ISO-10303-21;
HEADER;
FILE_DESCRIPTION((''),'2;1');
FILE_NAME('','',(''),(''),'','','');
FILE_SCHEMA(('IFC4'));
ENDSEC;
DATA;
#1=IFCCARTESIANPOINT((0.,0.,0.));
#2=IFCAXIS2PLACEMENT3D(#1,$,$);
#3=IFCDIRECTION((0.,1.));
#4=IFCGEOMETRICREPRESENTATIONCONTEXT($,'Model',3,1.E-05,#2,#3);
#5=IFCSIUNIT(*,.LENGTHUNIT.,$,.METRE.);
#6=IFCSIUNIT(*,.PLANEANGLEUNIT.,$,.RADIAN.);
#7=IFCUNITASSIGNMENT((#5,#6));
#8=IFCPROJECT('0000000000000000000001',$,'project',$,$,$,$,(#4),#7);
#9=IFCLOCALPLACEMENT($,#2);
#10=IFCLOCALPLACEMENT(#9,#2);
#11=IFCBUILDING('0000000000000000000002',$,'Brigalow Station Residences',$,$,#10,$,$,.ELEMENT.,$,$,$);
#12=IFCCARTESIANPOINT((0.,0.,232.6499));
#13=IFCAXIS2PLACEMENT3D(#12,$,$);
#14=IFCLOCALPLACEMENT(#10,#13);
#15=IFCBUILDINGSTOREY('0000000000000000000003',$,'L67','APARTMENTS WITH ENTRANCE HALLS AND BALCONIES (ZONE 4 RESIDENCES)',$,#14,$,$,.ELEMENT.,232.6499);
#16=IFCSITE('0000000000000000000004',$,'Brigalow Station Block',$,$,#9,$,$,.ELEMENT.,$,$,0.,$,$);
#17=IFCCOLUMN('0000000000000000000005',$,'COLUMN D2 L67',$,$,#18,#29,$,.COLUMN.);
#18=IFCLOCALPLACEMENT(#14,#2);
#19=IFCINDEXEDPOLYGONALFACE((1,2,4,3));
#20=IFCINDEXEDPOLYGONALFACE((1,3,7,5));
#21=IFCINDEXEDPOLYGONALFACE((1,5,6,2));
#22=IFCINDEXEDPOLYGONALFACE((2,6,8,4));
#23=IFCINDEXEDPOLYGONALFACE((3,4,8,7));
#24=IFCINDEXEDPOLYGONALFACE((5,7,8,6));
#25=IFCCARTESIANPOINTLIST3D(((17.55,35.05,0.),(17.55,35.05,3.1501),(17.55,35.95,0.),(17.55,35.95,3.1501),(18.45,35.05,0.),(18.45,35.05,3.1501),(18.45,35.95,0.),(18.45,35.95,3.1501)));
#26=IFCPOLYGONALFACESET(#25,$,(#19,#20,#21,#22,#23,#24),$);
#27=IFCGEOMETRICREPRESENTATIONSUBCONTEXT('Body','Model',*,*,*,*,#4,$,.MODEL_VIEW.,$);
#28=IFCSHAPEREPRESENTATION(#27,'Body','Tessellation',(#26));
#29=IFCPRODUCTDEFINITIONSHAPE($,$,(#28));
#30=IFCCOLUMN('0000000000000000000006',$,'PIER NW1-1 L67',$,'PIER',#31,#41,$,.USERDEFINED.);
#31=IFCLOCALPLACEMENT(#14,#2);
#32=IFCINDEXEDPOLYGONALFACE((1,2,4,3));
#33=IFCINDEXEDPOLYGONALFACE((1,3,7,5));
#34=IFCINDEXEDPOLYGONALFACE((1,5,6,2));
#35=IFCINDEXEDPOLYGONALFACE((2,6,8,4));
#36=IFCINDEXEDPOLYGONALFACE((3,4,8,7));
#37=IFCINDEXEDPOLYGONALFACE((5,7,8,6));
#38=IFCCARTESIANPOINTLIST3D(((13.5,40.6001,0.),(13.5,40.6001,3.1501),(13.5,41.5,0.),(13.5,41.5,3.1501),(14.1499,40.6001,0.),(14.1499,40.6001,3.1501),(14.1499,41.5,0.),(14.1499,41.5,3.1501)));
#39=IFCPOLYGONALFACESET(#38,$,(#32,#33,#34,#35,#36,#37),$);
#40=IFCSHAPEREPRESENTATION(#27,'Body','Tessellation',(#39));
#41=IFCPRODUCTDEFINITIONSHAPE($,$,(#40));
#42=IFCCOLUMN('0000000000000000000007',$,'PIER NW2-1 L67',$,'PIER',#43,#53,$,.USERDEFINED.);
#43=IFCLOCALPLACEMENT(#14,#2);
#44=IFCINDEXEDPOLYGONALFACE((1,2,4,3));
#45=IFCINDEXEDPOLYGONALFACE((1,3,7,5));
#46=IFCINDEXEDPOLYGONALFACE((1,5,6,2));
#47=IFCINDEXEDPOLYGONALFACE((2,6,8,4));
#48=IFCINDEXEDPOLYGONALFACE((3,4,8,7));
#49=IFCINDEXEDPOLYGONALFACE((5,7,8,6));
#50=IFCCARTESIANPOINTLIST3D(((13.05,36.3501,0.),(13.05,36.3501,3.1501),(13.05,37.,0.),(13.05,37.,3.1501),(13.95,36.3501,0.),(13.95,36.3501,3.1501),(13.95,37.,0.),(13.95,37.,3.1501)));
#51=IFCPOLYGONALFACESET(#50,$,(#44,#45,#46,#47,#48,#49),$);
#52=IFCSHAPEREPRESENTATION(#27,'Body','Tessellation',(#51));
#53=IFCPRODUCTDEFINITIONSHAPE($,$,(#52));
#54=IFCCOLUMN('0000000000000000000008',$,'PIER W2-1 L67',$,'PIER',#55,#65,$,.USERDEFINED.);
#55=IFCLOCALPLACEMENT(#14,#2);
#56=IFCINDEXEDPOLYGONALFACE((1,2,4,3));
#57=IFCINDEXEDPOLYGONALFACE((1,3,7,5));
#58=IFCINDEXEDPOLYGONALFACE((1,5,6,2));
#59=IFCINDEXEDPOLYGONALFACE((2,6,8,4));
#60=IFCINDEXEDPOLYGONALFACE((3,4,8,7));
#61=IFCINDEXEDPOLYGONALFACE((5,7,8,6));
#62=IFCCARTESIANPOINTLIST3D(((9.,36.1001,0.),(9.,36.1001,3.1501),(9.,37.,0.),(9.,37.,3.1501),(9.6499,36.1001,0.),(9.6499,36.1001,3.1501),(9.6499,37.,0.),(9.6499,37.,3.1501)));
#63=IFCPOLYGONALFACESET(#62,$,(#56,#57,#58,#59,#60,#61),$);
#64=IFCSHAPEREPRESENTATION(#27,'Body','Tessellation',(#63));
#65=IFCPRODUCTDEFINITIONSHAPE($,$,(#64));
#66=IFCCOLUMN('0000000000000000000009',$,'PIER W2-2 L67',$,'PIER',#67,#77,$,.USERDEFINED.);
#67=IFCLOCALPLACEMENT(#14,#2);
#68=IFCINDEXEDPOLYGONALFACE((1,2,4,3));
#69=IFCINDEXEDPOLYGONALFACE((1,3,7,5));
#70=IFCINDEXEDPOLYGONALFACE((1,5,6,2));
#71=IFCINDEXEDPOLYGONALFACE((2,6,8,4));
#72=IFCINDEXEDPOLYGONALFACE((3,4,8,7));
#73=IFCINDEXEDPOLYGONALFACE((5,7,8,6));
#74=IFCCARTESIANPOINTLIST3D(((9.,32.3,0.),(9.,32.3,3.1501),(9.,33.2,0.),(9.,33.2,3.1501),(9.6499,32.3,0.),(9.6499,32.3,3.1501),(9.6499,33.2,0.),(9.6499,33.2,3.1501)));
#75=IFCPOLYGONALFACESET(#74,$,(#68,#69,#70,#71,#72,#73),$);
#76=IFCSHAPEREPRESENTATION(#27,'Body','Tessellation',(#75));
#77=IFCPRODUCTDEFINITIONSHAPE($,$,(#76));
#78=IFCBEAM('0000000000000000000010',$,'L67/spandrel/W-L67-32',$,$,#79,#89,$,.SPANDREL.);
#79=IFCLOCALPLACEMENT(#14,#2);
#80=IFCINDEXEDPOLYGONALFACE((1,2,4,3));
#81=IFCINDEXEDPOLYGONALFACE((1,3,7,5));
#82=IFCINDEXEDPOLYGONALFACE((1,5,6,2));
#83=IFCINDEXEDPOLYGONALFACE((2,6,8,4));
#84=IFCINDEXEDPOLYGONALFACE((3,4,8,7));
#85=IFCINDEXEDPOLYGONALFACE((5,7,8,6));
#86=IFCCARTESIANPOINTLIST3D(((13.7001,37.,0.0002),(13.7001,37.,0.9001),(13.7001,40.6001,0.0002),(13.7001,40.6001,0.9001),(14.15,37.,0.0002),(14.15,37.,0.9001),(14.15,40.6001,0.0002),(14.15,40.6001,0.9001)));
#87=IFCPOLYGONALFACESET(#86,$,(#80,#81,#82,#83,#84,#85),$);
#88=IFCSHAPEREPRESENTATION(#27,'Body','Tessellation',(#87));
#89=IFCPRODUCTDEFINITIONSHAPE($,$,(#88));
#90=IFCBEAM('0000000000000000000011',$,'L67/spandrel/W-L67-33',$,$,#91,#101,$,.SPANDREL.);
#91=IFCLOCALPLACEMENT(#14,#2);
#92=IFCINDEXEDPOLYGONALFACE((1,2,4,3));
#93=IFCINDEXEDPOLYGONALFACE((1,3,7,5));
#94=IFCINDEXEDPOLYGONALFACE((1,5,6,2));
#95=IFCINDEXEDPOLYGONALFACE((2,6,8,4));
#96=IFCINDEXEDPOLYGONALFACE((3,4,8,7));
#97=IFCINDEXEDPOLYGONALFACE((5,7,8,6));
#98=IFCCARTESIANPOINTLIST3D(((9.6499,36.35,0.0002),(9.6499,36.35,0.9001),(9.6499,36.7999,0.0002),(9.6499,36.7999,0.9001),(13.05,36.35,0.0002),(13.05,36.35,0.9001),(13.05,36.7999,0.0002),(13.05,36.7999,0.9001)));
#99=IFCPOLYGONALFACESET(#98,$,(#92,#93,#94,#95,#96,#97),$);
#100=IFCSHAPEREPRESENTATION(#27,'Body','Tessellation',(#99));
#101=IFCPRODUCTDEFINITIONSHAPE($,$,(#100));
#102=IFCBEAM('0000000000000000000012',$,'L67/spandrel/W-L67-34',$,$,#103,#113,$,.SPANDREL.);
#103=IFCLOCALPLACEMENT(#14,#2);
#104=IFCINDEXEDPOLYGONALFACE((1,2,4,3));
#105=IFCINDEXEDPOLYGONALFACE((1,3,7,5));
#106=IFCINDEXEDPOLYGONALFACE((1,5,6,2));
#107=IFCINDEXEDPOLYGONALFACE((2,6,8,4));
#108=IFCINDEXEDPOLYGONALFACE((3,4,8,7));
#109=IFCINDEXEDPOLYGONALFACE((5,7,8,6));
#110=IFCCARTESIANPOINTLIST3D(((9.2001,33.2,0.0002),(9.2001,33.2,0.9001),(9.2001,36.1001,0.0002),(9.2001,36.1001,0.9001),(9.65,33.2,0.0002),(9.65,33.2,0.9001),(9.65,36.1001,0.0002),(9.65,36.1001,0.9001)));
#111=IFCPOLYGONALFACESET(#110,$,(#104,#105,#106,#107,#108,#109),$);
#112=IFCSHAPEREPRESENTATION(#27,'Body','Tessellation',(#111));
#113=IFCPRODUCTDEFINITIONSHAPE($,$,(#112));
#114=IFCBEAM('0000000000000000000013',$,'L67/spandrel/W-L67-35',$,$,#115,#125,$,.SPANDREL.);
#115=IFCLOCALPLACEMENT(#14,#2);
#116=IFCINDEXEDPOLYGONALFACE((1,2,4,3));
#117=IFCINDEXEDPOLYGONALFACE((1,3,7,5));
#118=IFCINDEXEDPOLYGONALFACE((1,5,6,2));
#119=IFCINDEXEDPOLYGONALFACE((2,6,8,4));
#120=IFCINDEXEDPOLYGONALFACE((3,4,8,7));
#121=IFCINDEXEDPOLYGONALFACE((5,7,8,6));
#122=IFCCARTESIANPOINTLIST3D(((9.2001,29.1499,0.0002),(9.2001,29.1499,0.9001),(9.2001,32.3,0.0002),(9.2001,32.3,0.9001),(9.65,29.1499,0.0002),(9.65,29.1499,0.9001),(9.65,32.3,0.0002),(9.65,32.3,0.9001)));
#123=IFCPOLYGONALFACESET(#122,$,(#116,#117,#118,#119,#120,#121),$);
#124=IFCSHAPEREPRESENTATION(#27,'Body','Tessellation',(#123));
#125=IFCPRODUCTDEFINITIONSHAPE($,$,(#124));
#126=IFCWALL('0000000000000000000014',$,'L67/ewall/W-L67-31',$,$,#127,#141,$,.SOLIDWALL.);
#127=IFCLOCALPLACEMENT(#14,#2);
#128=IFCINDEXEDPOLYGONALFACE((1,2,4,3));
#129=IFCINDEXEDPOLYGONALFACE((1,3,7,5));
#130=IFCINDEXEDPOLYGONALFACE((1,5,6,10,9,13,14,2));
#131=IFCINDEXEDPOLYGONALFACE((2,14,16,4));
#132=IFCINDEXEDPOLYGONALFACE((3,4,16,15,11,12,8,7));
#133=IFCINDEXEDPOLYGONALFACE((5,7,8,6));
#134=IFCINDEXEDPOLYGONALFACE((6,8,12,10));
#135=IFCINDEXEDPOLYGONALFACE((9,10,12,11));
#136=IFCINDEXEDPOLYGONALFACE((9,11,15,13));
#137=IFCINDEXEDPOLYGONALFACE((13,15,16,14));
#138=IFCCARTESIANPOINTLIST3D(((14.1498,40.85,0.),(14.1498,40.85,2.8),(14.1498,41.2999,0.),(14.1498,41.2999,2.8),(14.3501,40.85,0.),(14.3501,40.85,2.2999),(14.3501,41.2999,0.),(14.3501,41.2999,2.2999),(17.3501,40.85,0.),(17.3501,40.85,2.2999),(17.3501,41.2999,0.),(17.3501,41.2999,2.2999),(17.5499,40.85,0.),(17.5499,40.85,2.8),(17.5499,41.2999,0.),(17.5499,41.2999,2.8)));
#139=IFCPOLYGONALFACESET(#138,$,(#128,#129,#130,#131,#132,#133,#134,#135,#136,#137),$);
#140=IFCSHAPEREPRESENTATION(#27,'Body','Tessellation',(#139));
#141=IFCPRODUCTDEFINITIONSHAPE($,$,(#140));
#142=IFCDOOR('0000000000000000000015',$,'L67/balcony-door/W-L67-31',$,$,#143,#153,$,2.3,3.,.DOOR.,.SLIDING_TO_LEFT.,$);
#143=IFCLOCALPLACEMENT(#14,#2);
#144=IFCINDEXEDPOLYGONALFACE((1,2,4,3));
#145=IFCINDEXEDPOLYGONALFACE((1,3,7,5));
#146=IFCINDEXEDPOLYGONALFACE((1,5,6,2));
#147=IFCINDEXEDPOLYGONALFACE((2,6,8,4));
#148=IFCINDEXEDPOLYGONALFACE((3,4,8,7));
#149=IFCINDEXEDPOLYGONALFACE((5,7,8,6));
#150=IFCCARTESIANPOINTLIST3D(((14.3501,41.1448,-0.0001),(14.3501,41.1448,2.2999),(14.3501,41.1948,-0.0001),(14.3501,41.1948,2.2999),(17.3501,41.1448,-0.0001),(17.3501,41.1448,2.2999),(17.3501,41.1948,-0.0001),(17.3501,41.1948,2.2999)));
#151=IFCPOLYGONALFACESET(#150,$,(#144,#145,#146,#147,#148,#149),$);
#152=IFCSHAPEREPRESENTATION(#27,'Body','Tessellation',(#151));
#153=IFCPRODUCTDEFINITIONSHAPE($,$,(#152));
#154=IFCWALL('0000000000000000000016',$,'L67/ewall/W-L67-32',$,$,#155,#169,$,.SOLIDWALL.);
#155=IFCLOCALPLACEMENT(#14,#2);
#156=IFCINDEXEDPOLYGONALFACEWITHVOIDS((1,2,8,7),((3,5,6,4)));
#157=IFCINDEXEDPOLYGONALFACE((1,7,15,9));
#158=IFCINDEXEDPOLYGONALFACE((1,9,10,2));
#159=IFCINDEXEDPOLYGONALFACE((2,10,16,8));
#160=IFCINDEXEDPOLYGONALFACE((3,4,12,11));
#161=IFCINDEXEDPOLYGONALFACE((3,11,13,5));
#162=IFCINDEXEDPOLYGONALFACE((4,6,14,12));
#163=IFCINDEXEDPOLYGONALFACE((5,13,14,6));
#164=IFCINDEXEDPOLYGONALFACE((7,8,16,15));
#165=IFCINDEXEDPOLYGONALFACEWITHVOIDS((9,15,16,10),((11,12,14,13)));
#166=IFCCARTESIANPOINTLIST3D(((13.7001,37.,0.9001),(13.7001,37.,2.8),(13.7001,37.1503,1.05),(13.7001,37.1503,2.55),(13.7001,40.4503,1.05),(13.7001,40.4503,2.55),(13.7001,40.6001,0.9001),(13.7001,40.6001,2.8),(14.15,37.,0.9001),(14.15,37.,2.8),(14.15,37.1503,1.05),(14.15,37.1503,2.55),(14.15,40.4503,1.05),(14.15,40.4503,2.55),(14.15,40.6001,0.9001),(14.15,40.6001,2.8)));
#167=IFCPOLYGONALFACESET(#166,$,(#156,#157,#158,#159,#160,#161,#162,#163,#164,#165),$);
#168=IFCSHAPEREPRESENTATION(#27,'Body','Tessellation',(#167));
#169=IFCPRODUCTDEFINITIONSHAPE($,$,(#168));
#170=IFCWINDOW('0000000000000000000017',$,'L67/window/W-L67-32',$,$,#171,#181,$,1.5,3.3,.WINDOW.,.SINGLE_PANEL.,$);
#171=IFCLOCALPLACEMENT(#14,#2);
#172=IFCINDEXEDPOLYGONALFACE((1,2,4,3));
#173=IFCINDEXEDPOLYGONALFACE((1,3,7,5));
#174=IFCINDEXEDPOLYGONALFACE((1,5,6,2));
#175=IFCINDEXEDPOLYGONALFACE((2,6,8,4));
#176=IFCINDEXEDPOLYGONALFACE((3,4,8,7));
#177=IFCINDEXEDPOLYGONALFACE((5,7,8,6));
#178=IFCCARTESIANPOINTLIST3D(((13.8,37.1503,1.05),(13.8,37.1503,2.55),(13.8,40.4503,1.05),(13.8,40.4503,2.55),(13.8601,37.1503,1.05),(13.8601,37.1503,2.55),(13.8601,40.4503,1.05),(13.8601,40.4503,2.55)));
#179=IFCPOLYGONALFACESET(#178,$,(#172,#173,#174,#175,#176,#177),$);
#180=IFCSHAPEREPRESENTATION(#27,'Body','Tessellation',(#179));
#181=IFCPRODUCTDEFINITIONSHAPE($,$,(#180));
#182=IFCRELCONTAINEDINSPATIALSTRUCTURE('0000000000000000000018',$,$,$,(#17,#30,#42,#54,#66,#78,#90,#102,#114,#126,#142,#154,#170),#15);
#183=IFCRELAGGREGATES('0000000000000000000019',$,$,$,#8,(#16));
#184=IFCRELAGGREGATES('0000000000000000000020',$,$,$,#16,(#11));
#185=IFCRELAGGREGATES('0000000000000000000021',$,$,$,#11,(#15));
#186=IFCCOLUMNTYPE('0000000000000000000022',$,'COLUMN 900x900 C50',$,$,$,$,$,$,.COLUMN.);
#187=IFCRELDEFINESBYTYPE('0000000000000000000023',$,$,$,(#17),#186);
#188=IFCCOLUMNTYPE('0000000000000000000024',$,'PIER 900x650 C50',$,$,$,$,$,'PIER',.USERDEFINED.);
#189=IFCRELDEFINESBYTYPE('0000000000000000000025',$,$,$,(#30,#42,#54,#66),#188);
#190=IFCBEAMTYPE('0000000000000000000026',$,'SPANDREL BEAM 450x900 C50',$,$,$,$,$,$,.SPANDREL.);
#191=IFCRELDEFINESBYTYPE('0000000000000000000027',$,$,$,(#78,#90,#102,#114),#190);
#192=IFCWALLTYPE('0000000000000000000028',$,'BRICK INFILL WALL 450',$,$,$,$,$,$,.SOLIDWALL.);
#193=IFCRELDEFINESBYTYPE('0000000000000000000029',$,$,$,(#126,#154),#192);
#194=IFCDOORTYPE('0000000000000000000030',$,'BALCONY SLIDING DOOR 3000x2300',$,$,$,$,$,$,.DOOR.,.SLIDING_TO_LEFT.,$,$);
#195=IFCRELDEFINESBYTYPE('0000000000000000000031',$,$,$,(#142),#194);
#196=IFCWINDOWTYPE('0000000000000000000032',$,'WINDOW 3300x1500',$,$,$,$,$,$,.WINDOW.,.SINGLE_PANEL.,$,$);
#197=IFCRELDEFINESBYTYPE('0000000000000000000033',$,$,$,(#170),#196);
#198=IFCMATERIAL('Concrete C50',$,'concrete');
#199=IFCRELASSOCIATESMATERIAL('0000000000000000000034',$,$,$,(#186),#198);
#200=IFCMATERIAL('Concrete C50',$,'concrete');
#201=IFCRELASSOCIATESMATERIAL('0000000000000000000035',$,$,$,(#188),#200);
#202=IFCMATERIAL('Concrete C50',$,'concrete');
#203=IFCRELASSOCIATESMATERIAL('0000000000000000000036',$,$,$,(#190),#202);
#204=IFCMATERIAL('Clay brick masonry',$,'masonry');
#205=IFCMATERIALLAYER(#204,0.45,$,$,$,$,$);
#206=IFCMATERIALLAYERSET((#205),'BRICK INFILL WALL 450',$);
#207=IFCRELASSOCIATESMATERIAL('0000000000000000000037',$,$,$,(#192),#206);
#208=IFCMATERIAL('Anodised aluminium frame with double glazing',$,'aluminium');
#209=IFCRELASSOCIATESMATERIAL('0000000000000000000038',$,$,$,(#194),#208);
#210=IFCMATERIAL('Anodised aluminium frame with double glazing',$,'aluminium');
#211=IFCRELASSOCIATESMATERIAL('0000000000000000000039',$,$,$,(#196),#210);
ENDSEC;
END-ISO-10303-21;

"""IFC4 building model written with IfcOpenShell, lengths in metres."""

from ifc_helpers import new_model, si_unit, direction, frame, frame_2d, origin, origin_2d, place, context, subcontext, project, spatial, rectangle, extrude, material, layer, layer_set, material_profile, profile_set, type_object, element, fill, save


model = new_model("IFC4")

# Units and contexts
model_context = context("Model", 3, precision=1e-05, world=origin(), true_north=direction((0.0, 1.0)))
body_context = subcontext(model_context, "Body", "Model", "MODEL_VIEW")
ifc_project = project(units=[si_unit("LENGTHUNIT", "METRE"), si_unit("PLANEANGLEUNIT", "RADIAN")], contexts=[model_context])

# Site, building, storey
site_placement = place(None, origin())
site = spatial("IfcSite", under=ifc_project, at=site_placement, Name="Brigalow Station Block", CompositionType="ELEMENT", RefElevation=0.0)
building_placement = place(site_placement, origin())
building = spatial("IfcBuilding", under=site, at=building_placement, Name="Brigalow Station Residences", CompositionType="ELEMENT")
storey_placement = place(building_placement, frame((0.0, 0.0, 232.6499)))
storey = spatial("IfcBuildingStorey", under=building, at=storey_placement, Name="L67", Description="APARTMENTS WITH ENTRANCE HALLS AND BALCONIES (ZONE 4 RESIDENCES)", CompositionType="ELEMENT", Elevation=232.6499)

# Columns
ifc_material_1 = material(Name="Concrete C50", Category="concrete")
ifc_material_profile_1 = material_profile(ifc_material_1, rectangle(XDim=0.8999, YDim=0.8999, at=origin_2d()), Name="RC900x900")
ifc_profile_set_1 = profile_set([ifc_material_profile_1], Name="Concrete C50")
column_type_1 = type_object("IfcColumnType", Name="COLUMN 900x900 C50", PredefinedType="COLUMN", material=ifc_profile_set_1)
column_placement = place(storey_placement, frame((18.0, 35.5, 0.0), z_axis=(0.0, 0.0, 1.0), x_axis=(1.0, 0.0, 0.0)))
element("IfcColumn", 1, at=column_placement, inside=storey, type_object=column_type_1, Name="COLUMN D2 L67", PredefinedType="COLUMN", context=body_context, shape_type="SweptSolid", body=[
    extrude(rectangle(XDim=0.8999, YDim=0.8999, at=origin_2d()), origin(), (0.0, 0.0, 1.0), 3.1501),
])
ifc_material_2 = material(Name="Concrete C50", Category="concrete")
ifc_material_profile_2 = material_profile(ifc_material_2, rectangle(XDim=0.8999, YDim=0.6499, at=origin_2d()), Name="RC900x650")
ifc_profile_set_2 = profile_set([ifc_material_profile_2], Name="Concrete C50")
column_type_2 = type_object("IfcColumnType", Name="PIER 900x650 C50", ElementType="PIER", PredefinedType="USERDEFINED", material=ifc_profile_set_2)
for number, where, z_axis, x_axis, name in (
    (2, (13.825, 41.05, 0.0), (0.0, 0.0, 1.0), (0.0, -1.0, 0.0), "PIER NW1-1 L67"),
    (3, (13.5, 36.675, 0.0), (0.0, 0.0, 1.0), (-1.0, 0.0, 0.0), "PIER NW2-1 L67"),
    (4, (9.325, 36.55, 0.0), (0.0, 0.0, 1.0), (0.0, -1.0, 0.0), "PIER W2-1 L67"),
    (5, (9.325, 32.75, 0.0), (0.0, 0.0, 1.0), (0.0, -1.0, 0.0), "PIER W2-2 L67"),
):
    element("IfcColumn", number, at=place(storey_placement, frame(where, z_axis=z_axis, x_axis=x_axis)), inside=storey, type_object=column_type_2, Name=name, ObjectType="PIER", PredefinedType="USERDEFINED", context=body_context, shape_type="SweptSolid", body=[
        extrude(rectangle(XDim=0.8999, YDim=0.6499, at=origin_2d()), origin(), (0.0, 0.0, 1.0), 3.1501),
    ])

# Beams
ifc_material_3 = material(Name="Concrete C50", Category="concrete")
ifc_material_profile_3 = material_profile(ifc_material_3, rectangle(XDim=0.45, YDim=0.8999, at=origin_2d()), Name="RC450x900")
ifc_profile_set_3 = profile_set([ifc_material_profile_3], Name="Concrete C50")
beam_type = type_object("IfcBeamType", Name="SPANDREL BEAM 450x900 C50", PredefinedType="SPANDREL", material=ifc_profile_set_3)
beam_1_placement = place(storey_placement, frame((13.925, 40.6001, 0.4502), z_axis=(0.0, -1.0, 0.0), x_axis=(1.0, 0.0, 0.0)))
element("IfcBeam", 6, at=beam_1_placement, inside=storey, type_object=beam_type, Name="L67/spandrel/W-L67-32", PredefinedType="SPANDREL", context=body_context, shape_type="SweptSolid", body=[
    extrude(rectangle(XDim=0.45, YDim=0.8999, at=origin_2d()), origin(), (0.0, 0.0, 1.0), 3.6001),
])
beam_2_placement = place(storey_placement, frame((13.05, 36.575, 0.4502), z_axis=(-1.0, 0.0, 0.0), x_axis=(0.0, -1.0, 0.0)))
element("IfcBeam", 7, at=beam_2_placement, inside=storey, type_object=beam_type, Name="L67/spandrel/W-L67-33", PredefinedType="SPANDREL", context=body_context, shape_type="SweptSolid", body=[
    extrude(rectangle(XDim=0.45, YDim=0.8999, at=origin_2d()), origin(), (0.0, 0.0, 1.0), 3.4001),
])
beam_3_placement = place(storey_placement, frame((9.425, 36.1001, 0.4502), z_axis=(0.0, -1.0, 0.0), x_axis=(1.0, 0.0, 0.0)))
element("IfcBeam", 8, at=beam_3_placement, inside=storey, type_object=beam_type, Name="L67/spandrel/W-L67-34", PredefinedType="SPANDREL", context=body_context, shape_type="SweptSolid", body=[
    extrude(rectangle(XDim=0.45, YDim=0.8999, at=origin_2d()), origin(), (0.0, 0.0, 1.0), 2.9001),
])
beam_4_placement = place(storey_placement, frame((9.425, 32.3, 0.4502), z_axis=(0.0, -1.0, 0.0), x_axis=(1.0, 0.0, 0.0)))
element("IfcBeam", 9, at=beam_4_placement, inside=storey, type_object=beam_type, Name="L67/spandrel/W-L67-35", PredefinedType="SPANDREL", context=body_context, shape_type="SweptSolid", body=[
    extrude(rectangle(XDim=0.45, YDim=0.8999, at=origin_2d()), origin(), (0.0, 0.0, 1.0), 3.1501),
])

# Wall, opening, door
ifc_material_4 = material(Name="Clay brick masonry", Category="masonry")
ifc_layer_1 = layer(ifc_material_4, 0.45)
ifc_layer_set_1 = layer_set([ifc_layer_1], Name="BRICK INFILL WALL 450")
wall_type_1 = type_object("IfcWallType", Name="BRICK INFILL WALL 450", PredefinedType="SOLIDWALL", material=ifc_layer_set_1)
wall_1_placement = place(storey_placement, frame((17.55, 41.075, 0.0), z_axis=(0.0, 0.0, 1.0), x_axis=(-1.0, 0.0, 0.0)))
wall_1 = element("IfcWall", 10, at=wall_1_placement, inside=storey, type_object=wall_type_1, Name="L67/ewall/W-L67-31", PredefinedType="SOLIDWALL", context=body_context, shape_type="SweptSolid", body=[
    extrude(rectangle(XDim=3.4001, YDim=0.45, at=frame_2d((1.7002, 0.0))), origin(), (0.0, 0.0, 1.0), 2.8),
])
opening_1_placement = place(wall_1_placement, frame((0.2, 0.0, 0.0)))
opening_1 = element("IfcOpeningElement", 11, at=opening_1_placement, cuts=wall_1, PredefinedType="OPENING", context=body_context, shape_type="SweptSolid", body=[
    extrude(rectangle(XDim=3.0, YDim=2.3, at=frame_2d((1.5, 1.1499))), frame((0.0, 0.2349, 0.0), z_axis=(0.0, -1.0, 0.0), x_axis=(1.0, 0.0, 0.0)), (0.0, 0.0, 1.0), 0.47),
])
ifc_material_5 = material(Name="Anodised aluminium frame with double glazing", Category="aluminium")
door_type_1 = type_object("IfcDoorType", Name="BALCONY SLIDING DOOR 3000x2300", OperationType="SLIDING_TO_LEFT", PredefinedType="DOOR", material=ifc_material_5)
door_1_placement = place(opening_1_placement, origin())
door_1 = element("IfcDoor", 12, at=door_1_placement, inside=storey, type_object=door_type_1, Name="L67/balcony-door/W-L67-31", OperationType="SLIDING_TO_LEFT", OverallHeight=2.3, OverallWidth=3.0, PredefinedType="DOOR", context=body_context, shape_type="SweptSolid", body=[
    extrude(rectangle(XDim=3.0, YDim=2.3, at=frame_2d((1.5, 1.1499))), frame((0.0, -0.0698, 0.0), z_axis=(0.0, -1.0, 0.0), x_axis=(1.0, 0.0, 0.0)), (0.0, 0.0, 1.0), 0.05),
])
fill(opening_1, door_1)

# Wall, opening, window
wall_2_placement = place(storey_placement, frame((13.925, 40.6001, 0.9001), z_axis=(0.0, 0.0, 1.0), x_axis=(0.0, -1.0, 0.0)))
wall_2 = element("IfcWall", 13, at=wall_2_placement, inside=storey, type_object=wall_type_1, Name="L67/ewall/W-L67-32", PredefinedType="SOLIDWALL", context=body_context, shape_type="SweptSolid", body=[
    extrude(rectangle(XDim=3.6001, YDim=0.45, at=frame_2d((1.8, 0.0))), origin(), (0.0, 0.0, 1.0), 1.8999),
])
opening_2_placement = place(wall_2_placement, frame((0.1499, 0.0, 0.1499)))
opening_2 = element("IfcOpeningElement", 14, at=opening_2_placement, cuts=wall_2, PredefinedType="OPENING", context=body_context, shape_type="SweptSolid", body=[
    extrude(rectangle(XDim=3.3, YDim=1.5, at=frame_2d((1.6499, 0.75))), frame((0.0, 0.2349, 0.0), z_axis=(0.0, -1.0, 0.0), x_axis=(1.0, 0.0, 0.0)), (0.0, 0.0, 1.0), 0.47),
])
ifc_material_6 = material(Name="Anodised aluminium frame with double glazing", Category="aluminium")
window_type_1 = type_object("IfcWindowType", Name="WINDOW 3300x1500", PartitioningType="SINGLE_PANEL", PredefinedType="WINDOW", material=ifc_material_6)
window_1_placement = place(opening_2_placement, origin())
window_1 = element("IfcWindow", 15, at=window_1_placement, inside=storey, type_object=window_type_1, Name="L67/window/W-L67-32", OverallHeight=1.5, OverallWidth=3.3, PartitioningType="SINGLE_PANEL", PredefinedType="WINDOW", context=body_context, shape_type="SweptSolid", body=[
    extrude(rectangle(XDim=3.3, YDim=1.5, at=frame_2d((1.6499, 0.75))), frame((0.0, -0.0649, 0.0), z_axis=(0.0, -1.0, 0.0), x_axis=(1.0, 0.0, 0.0)), (0.0, 0.0, 1.0), 0.0601),
])
fill(opening_2, window_1)

save(model, "model.ifc")
